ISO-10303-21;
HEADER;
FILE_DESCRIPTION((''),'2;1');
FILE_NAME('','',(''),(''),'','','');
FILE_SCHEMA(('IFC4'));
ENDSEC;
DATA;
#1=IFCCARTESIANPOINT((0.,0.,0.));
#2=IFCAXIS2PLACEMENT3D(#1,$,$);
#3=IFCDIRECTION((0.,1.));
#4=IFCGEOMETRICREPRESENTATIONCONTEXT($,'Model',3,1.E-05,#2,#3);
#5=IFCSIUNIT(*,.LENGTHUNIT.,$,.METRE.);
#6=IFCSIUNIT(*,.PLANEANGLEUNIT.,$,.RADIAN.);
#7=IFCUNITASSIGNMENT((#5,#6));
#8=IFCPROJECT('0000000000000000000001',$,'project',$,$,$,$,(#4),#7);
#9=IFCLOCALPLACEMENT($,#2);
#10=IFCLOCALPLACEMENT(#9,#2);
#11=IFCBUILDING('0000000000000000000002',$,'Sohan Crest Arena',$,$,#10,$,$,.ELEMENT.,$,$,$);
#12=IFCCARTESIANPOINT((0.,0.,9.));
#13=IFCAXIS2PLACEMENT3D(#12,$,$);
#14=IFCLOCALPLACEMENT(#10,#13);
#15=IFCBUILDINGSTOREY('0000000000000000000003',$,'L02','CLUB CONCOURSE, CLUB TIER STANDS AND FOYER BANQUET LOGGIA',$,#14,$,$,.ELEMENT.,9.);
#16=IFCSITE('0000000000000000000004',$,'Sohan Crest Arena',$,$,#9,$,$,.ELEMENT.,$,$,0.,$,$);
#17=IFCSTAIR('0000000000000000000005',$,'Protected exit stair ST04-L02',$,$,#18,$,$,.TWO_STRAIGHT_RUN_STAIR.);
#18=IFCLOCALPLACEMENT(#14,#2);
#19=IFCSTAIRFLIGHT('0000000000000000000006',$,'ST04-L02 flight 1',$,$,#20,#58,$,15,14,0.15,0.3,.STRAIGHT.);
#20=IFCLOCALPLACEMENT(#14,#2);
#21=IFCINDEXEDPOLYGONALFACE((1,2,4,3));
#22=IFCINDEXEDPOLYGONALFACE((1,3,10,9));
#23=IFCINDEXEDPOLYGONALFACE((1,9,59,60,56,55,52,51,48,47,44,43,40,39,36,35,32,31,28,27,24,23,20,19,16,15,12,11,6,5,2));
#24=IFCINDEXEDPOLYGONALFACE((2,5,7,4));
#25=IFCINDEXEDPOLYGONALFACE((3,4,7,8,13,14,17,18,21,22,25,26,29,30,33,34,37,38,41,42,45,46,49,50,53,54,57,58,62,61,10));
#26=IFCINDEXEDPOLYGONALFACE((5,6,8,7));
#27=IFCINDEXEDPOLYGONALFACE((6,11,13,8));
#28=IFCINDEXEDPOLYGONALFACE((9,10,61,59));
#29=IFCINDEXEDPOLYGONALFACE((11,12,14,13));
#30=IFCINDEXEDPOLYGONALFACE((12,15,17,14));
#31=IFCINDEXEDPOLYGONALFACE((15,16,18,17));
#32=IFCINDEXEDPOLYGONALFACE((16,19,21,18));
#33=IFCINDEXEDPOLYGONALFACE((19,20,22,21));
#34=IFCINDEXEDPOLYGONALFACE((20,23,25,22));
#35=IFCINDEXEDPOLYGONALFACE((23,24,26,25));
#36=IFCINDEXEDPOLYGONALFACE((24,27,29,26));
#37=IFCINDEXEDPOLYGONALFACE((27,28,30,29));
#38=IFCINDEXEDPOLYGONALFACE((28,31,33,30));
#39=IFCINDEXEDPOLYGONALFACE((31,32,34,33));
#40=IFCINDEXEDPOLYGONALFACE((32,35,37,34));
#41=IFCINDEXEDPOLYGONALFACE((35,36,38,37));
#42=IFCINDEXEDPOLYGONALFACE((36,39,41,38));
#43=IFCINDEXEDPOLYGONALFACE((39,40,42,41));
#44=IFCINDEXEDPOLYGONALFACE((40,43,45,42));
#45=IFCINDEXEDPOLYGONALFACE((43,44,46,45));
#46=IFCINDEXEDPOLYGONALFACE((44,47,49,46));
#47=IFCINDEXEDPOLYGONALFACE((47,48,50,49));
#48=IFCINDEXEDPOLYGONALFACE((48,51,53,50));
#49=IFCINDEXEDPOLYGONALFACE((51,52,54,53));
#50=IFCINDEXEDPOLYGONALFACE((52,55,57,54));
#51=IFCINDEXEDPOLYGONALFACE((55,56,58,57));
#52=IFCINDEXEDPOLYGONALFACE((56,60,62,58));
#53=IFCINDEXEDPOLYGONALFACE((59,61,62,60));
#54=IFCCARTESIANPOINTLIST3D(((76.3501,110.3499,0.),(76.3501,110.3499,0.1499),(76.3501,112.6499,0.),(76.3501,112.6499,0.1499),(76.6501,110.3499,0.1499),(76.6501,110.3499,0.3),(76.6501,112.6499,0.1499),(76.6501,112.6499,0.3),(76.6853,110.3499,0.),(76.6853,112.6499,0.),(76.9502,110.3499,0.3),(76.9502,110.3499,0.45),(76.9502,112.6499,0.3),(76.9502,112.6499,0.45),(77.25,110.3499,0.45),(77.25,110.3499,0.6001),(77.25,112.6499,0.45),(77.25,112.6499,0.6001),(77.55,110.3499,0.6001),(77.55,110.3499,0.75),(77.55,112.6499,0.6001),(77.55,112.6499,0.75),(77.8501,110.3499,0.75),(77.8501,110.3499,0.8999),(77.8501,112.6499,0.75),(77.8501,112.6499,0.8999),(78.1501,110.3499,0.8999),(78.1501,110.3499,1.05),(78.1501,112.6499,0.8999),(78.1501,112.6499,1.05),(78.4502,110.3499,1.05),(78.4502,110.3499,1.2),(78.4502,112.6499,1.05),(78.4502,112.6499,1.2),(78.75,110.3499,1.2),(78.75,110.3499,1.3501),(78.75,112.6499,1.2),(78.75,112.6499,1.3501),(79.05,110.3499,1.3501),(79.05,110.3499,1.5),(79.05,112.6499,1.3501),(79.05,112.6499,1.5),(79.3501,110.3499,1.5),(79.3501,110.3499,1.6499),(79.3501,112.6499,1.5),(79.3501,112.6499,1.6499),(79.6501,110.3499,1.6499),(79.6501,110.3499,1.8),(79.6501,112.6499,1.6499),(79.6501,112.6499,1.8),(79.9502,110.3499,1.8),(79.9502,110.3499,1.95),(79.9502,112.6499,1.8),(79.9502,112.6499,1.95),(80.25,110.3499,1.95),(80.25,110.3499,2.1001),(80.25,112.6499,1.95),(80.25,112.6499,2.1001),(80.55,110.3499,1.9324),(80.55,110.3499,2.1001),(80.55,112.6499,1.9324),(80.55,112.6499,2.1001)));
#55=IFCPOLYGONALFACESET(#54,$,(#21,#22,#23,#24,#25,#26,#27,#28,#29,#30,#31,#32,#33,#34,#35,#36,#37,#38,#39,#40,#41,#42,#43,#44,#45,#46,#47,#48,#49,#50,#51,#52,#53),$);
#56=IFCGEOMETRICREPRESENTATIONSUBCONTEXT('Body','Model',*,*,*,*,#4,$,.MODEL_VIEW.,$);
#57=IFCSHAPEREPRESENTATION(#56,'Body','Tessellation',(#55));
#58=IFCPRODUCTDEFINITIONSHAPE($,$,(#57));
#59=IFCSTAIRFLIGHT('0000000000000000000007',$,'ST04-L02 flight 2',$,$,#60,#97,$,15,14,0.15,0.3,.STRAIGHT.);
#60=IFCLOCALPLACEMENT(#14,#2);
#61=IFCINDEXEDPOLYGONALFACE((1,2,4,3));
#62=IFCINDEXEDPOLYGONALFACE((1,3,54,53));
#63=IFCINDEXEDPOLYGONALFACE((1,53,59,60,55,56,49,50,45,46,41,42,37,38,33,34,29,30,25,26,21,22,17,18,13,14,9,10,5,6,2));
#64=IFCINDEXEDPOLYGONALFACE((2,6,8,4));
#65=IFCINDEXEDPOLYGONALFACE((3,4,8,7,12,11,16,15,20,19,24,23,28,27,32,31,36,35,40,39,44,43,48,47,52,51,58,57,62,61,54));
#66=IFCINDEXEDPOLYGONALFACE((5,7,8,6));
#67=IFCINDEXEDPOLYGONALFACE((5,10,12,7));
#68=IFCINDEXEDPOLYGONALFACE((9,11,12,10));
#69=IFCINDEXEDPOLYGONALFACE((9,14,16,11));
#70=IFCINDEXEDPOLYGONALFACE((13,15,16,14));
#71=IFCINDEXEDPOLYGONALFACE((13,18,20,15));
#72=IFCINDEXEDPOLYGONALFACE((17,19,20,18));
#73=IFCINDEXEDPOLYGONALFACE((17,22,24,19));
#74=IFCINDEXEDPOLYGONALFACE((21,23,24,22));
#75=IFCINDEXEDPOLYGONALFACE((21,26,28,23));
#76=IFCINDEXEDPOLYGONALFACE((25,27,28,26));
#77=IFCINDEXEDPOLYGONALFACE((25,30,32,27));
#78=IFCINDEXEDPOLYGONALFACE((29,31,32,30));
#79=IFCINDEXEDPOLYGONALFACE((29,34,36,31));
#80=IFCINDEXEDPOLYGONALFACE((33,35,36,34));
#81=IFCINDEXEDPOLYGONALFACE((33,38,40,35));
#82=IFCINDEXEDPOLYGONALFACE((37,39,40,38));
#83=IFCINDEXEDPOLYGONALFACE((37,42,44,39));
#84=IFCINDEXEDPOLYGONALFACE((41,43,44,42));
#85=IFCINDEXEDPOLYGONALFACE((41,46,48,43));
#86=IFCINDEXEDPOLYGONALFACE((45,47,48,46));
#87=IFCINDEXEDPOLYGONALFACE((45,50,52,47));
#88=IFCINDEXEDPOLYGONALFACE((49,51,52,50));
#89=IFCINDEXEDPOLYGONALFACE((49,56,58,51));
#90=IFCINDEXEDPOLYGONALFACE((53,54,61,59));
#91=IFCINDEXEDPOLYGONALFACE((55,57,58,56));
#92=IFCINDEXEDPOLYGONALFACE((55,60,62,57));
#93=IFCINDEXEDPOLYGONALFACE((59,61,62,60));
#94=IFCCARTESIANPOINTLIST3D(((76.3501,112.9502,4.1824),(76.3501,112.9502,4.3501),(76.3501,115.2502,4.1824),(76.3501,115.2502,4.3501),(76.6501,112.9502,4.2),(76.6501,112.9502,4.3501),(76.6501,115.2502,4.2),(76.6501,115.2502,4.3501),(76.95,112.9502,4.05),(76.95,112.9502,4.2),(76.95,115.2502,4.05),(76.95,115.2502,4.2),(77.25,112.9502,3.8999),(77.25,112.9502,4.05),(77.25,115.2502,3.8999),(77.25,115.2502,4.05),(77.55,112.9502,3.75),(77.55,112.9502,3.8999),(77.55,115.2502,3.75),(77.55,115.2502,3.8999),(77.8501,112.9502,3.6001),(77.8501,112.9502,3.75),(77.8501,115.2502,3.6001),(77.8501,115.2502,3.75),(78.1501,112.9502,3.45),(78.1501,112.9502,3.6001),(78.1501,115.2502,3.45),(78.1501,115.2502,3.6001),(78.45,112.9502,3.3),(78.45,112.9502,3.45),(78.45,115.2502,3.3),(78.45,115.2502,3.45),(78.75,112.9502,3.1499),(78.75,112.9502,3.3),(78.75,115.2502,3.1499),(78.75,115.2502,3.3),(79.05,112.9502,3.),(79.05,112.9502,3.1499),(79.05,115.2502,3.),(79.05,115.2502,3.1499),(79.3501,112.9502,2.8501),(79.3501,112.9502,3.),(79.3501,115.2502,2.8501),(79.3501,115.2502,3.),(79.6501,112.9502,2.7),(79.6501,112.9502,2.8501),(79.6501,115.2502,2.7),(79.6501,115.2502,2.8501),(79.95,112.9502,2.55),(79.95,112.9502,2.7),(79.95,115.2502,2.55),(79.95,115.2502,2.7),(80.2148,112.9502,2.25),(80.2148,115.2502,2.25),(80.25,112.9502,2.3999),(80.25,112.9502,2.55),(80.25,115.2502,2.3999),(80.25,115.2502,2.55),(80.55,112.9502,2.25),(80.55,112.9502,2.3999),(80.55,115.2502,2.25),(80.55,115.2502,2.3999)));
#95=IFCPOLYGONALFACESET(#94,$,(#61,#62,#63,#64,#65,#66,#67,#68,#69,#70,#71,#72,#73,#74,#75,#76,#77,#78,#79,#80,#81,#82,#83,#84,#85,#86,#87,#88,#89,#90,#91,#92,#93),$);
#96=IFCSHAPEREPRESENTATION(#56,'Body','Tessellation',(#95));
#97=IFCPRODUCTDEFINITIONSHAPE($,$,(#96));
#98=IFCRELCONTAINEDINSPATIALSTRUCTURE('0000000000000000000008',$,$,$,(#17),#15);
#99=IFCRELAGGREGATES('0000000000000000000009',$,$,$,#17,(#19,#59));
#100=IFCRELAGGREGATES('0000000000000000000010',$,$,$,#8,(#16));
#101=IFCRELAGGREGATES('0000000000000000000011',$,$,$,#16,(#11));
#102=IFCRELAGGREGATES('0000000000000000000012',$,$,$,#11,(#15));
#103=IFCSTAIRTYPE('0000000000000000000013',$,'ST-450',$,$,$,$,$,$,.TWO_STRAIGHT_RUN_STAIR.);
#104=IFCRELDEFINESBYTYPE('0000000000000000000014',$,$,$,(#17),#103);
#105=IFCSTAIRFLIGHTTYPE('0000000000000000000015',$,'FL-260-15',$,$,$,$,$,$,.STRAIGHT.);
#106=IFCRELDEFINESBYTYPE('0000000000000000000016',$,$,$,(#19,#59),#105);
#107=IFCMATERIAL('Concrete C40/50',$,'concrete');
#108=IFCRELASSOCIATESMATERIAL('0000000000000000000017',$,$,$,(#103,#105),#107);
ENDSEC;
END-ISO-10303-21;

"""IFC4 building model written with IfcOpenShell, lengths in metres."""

from ifc_helpers import new_model, si_unit, direction, frame, origin, place, context, subcontext, project, spatial, polyline, outline, extrude, material, type_object, element, aggregate, save


model = new_model("IFC4")

# Units and contexts
model_context = context("Model", 3, precision=1e-05, world=origin(), true_north=direction((0.0, 1.0)))
body_context = subcontext(model_context, "Body", "Model", "MODEL_VIEW")
ifc_project = project(units=[si_unit("LENGTHUNIT", "METRE"), si_unit("PLANEANGLEUNIT", "RADIAN")], contexts=[model_context])

# Site, building, storey
site_placement = place(None, origin())
site = spatial("IfcSite", under=ifc_project, at=site_placement, Name="Sohan Crest Arena", CompositionType="ELEMENT", RefElevation=0.0)
building_placement = place(site_placement, origin())
building = spatial("IfcBuilding", under=site, at=building_placement, Name="Sohan Crest Arena", CompositionType="ELEMENT")
storey_placement = place(building_placement, frame((0.0, 0.0, 9.0)))
storey = spatial("IfcBuildingStorey", under=building, at=storey_placement, Name="L02", Description="CLUB CONCOURSE, CLUB TIER STANDS AND FOYER BANQUET LOGGIA", CompositionType="ELEMENT", Elevation=9.0)

# Shared definitions
ifc_material_1 = material(Name="Concrete C40/50", Category="concrete")

# Stair, stair flights
stair_type = type_object("IfcStairType", Name="ST-450", PredefinedType="TWO_STRAIGHT_RUN_STAIR", material=ifc_material_1)
stair_placement = place(storey_placement, origin())
stair = element("IfcStair", 1, at=stair_placement, inside=storey, type_object=stair_type, Name="Protected exit stair ST04-L02", PredefinedType="TWO_STRAIGHT_RUN_STAIR")
stair_flight_type = type_object("IfcStairFlightType", Name="FL-260-15", PredefinedType="STRAIGHT", material=ifc_material_1)
stair_flight_1_placement = place(storey_placement, frame((76.3501, 111.5, 0.0), z_axis=(0.0, 0.0, 1.0), x_axis=(1.0, 0.0, 0.0)))
stair_flight_1 = element("IfcStairFlight", 2, at=stair_flight_1_placement, type_object=stair_flight_type, Name="ST04-L02 flight 1", NumberOfRisers=15, NumberOfTreads=14, PredefinedType="STRAIGHT", RiserHeight=0.15, TreadLength=0.3, context=body_context, shape_type="SweptSolid", body=[
    extrude(outline(polyline([(0.0, 0.0), (0.0, 0.1499), (0.3, 0.1499), (0.3, 0.3), (0.6001, 0.3), (0.6001, 0.45), (0.8999, 0.45), (0.8999, 0.6001), (1.2, 0.6001), (1.2, 0.75), (1.5, 0.75), (1.5, 0.8999), (1.8, 0.8999), (1.8, 1.05), (2.1001, 1.05), (2.1001, 1.2), (2.3999, 1.2), (2.3999, 1.3501), (2.7, 1.3501), (2.7, 1.5), (3.0, 1.5), (3.0, 1.6499), (3.3, 1.6499), (3.3, 1.8), (3.6001, 1.8), (3.6001, 1.95), (3.8999, 1.95), (3.8999, 2.1001), (4.2, 2.1001), (4.2, 2.25), (4.2, 1.9324), (0.3352, 0.0), (0.0, 0.0)])), frame((0.0, 1.1499, 0.0), z_axis=(0.0, -1.0, 0.0), x_axis=(1.0, 0.0, 0.0)), (0.0, 0.0, 1.0), 2.3),
])
stair_flight_2_placement = place(storey_placement, frame((80.55, 114.1001, 2.25), z_axis=(0.0, 0.0, 1.0), x_axis=(-1.0, 0.0, 0.0)))
stair_flight_2 = element("IfcStairFlight", 3, at=stair_flight_2_placement, type_object=stair_flight_type, Name="ST04-L02 flight 2", NumberOfRisers=15, NumberOfTreads=14, PredefinedType="STRAIGHT", RiserHeight=0.15, TreadLength=0.3, context=body_context, shape_type="SweptSolid", body=[
    extrude(outline(polyline([(0.0, 0.0), (0.0, 0.1499), (0.3, 0.1499), (0.3, 0.3), (0.6001, 0.3), (0.6001, 0.45), (0.8999, 0.45), (0.8999, 0.6001), (1.2, 0.6001), (1.2, 0.75), (1.5, 0.75), (1.5, 0.8999), (1.8, 0.8999), (1.8, 1.05), (2.1001, 1.05), (2.1001, 1.2), (2.3999, 1.2), (2.3999, 1.3501), (2.7, 1.3501), (2.7, 1.5), (3.0, 1.5), (3.0, 1.6499), (3.3, 1.6499), (3.3, 1.8), (3.6001, 1.8), (3.6001, 1.95), (3.8999, 1.95), (3.8999, 2.1001), (4.2, 2.1001), (4.2, 2.25), (4.2, 1.9324), (0.3352, 0.0), (0.0, 0.0)])), frame((0.0, 1.1499, 0.0), z_axis=(0.0, -1.0, 0.0), x_axis=(1.0, 0.0, 0.0)), (0.0, 0.0, 1.0), 2.3),
])
aggregate(stair, [stair_flight_1, stair_flight_2])

save(model, "model.ifc")
